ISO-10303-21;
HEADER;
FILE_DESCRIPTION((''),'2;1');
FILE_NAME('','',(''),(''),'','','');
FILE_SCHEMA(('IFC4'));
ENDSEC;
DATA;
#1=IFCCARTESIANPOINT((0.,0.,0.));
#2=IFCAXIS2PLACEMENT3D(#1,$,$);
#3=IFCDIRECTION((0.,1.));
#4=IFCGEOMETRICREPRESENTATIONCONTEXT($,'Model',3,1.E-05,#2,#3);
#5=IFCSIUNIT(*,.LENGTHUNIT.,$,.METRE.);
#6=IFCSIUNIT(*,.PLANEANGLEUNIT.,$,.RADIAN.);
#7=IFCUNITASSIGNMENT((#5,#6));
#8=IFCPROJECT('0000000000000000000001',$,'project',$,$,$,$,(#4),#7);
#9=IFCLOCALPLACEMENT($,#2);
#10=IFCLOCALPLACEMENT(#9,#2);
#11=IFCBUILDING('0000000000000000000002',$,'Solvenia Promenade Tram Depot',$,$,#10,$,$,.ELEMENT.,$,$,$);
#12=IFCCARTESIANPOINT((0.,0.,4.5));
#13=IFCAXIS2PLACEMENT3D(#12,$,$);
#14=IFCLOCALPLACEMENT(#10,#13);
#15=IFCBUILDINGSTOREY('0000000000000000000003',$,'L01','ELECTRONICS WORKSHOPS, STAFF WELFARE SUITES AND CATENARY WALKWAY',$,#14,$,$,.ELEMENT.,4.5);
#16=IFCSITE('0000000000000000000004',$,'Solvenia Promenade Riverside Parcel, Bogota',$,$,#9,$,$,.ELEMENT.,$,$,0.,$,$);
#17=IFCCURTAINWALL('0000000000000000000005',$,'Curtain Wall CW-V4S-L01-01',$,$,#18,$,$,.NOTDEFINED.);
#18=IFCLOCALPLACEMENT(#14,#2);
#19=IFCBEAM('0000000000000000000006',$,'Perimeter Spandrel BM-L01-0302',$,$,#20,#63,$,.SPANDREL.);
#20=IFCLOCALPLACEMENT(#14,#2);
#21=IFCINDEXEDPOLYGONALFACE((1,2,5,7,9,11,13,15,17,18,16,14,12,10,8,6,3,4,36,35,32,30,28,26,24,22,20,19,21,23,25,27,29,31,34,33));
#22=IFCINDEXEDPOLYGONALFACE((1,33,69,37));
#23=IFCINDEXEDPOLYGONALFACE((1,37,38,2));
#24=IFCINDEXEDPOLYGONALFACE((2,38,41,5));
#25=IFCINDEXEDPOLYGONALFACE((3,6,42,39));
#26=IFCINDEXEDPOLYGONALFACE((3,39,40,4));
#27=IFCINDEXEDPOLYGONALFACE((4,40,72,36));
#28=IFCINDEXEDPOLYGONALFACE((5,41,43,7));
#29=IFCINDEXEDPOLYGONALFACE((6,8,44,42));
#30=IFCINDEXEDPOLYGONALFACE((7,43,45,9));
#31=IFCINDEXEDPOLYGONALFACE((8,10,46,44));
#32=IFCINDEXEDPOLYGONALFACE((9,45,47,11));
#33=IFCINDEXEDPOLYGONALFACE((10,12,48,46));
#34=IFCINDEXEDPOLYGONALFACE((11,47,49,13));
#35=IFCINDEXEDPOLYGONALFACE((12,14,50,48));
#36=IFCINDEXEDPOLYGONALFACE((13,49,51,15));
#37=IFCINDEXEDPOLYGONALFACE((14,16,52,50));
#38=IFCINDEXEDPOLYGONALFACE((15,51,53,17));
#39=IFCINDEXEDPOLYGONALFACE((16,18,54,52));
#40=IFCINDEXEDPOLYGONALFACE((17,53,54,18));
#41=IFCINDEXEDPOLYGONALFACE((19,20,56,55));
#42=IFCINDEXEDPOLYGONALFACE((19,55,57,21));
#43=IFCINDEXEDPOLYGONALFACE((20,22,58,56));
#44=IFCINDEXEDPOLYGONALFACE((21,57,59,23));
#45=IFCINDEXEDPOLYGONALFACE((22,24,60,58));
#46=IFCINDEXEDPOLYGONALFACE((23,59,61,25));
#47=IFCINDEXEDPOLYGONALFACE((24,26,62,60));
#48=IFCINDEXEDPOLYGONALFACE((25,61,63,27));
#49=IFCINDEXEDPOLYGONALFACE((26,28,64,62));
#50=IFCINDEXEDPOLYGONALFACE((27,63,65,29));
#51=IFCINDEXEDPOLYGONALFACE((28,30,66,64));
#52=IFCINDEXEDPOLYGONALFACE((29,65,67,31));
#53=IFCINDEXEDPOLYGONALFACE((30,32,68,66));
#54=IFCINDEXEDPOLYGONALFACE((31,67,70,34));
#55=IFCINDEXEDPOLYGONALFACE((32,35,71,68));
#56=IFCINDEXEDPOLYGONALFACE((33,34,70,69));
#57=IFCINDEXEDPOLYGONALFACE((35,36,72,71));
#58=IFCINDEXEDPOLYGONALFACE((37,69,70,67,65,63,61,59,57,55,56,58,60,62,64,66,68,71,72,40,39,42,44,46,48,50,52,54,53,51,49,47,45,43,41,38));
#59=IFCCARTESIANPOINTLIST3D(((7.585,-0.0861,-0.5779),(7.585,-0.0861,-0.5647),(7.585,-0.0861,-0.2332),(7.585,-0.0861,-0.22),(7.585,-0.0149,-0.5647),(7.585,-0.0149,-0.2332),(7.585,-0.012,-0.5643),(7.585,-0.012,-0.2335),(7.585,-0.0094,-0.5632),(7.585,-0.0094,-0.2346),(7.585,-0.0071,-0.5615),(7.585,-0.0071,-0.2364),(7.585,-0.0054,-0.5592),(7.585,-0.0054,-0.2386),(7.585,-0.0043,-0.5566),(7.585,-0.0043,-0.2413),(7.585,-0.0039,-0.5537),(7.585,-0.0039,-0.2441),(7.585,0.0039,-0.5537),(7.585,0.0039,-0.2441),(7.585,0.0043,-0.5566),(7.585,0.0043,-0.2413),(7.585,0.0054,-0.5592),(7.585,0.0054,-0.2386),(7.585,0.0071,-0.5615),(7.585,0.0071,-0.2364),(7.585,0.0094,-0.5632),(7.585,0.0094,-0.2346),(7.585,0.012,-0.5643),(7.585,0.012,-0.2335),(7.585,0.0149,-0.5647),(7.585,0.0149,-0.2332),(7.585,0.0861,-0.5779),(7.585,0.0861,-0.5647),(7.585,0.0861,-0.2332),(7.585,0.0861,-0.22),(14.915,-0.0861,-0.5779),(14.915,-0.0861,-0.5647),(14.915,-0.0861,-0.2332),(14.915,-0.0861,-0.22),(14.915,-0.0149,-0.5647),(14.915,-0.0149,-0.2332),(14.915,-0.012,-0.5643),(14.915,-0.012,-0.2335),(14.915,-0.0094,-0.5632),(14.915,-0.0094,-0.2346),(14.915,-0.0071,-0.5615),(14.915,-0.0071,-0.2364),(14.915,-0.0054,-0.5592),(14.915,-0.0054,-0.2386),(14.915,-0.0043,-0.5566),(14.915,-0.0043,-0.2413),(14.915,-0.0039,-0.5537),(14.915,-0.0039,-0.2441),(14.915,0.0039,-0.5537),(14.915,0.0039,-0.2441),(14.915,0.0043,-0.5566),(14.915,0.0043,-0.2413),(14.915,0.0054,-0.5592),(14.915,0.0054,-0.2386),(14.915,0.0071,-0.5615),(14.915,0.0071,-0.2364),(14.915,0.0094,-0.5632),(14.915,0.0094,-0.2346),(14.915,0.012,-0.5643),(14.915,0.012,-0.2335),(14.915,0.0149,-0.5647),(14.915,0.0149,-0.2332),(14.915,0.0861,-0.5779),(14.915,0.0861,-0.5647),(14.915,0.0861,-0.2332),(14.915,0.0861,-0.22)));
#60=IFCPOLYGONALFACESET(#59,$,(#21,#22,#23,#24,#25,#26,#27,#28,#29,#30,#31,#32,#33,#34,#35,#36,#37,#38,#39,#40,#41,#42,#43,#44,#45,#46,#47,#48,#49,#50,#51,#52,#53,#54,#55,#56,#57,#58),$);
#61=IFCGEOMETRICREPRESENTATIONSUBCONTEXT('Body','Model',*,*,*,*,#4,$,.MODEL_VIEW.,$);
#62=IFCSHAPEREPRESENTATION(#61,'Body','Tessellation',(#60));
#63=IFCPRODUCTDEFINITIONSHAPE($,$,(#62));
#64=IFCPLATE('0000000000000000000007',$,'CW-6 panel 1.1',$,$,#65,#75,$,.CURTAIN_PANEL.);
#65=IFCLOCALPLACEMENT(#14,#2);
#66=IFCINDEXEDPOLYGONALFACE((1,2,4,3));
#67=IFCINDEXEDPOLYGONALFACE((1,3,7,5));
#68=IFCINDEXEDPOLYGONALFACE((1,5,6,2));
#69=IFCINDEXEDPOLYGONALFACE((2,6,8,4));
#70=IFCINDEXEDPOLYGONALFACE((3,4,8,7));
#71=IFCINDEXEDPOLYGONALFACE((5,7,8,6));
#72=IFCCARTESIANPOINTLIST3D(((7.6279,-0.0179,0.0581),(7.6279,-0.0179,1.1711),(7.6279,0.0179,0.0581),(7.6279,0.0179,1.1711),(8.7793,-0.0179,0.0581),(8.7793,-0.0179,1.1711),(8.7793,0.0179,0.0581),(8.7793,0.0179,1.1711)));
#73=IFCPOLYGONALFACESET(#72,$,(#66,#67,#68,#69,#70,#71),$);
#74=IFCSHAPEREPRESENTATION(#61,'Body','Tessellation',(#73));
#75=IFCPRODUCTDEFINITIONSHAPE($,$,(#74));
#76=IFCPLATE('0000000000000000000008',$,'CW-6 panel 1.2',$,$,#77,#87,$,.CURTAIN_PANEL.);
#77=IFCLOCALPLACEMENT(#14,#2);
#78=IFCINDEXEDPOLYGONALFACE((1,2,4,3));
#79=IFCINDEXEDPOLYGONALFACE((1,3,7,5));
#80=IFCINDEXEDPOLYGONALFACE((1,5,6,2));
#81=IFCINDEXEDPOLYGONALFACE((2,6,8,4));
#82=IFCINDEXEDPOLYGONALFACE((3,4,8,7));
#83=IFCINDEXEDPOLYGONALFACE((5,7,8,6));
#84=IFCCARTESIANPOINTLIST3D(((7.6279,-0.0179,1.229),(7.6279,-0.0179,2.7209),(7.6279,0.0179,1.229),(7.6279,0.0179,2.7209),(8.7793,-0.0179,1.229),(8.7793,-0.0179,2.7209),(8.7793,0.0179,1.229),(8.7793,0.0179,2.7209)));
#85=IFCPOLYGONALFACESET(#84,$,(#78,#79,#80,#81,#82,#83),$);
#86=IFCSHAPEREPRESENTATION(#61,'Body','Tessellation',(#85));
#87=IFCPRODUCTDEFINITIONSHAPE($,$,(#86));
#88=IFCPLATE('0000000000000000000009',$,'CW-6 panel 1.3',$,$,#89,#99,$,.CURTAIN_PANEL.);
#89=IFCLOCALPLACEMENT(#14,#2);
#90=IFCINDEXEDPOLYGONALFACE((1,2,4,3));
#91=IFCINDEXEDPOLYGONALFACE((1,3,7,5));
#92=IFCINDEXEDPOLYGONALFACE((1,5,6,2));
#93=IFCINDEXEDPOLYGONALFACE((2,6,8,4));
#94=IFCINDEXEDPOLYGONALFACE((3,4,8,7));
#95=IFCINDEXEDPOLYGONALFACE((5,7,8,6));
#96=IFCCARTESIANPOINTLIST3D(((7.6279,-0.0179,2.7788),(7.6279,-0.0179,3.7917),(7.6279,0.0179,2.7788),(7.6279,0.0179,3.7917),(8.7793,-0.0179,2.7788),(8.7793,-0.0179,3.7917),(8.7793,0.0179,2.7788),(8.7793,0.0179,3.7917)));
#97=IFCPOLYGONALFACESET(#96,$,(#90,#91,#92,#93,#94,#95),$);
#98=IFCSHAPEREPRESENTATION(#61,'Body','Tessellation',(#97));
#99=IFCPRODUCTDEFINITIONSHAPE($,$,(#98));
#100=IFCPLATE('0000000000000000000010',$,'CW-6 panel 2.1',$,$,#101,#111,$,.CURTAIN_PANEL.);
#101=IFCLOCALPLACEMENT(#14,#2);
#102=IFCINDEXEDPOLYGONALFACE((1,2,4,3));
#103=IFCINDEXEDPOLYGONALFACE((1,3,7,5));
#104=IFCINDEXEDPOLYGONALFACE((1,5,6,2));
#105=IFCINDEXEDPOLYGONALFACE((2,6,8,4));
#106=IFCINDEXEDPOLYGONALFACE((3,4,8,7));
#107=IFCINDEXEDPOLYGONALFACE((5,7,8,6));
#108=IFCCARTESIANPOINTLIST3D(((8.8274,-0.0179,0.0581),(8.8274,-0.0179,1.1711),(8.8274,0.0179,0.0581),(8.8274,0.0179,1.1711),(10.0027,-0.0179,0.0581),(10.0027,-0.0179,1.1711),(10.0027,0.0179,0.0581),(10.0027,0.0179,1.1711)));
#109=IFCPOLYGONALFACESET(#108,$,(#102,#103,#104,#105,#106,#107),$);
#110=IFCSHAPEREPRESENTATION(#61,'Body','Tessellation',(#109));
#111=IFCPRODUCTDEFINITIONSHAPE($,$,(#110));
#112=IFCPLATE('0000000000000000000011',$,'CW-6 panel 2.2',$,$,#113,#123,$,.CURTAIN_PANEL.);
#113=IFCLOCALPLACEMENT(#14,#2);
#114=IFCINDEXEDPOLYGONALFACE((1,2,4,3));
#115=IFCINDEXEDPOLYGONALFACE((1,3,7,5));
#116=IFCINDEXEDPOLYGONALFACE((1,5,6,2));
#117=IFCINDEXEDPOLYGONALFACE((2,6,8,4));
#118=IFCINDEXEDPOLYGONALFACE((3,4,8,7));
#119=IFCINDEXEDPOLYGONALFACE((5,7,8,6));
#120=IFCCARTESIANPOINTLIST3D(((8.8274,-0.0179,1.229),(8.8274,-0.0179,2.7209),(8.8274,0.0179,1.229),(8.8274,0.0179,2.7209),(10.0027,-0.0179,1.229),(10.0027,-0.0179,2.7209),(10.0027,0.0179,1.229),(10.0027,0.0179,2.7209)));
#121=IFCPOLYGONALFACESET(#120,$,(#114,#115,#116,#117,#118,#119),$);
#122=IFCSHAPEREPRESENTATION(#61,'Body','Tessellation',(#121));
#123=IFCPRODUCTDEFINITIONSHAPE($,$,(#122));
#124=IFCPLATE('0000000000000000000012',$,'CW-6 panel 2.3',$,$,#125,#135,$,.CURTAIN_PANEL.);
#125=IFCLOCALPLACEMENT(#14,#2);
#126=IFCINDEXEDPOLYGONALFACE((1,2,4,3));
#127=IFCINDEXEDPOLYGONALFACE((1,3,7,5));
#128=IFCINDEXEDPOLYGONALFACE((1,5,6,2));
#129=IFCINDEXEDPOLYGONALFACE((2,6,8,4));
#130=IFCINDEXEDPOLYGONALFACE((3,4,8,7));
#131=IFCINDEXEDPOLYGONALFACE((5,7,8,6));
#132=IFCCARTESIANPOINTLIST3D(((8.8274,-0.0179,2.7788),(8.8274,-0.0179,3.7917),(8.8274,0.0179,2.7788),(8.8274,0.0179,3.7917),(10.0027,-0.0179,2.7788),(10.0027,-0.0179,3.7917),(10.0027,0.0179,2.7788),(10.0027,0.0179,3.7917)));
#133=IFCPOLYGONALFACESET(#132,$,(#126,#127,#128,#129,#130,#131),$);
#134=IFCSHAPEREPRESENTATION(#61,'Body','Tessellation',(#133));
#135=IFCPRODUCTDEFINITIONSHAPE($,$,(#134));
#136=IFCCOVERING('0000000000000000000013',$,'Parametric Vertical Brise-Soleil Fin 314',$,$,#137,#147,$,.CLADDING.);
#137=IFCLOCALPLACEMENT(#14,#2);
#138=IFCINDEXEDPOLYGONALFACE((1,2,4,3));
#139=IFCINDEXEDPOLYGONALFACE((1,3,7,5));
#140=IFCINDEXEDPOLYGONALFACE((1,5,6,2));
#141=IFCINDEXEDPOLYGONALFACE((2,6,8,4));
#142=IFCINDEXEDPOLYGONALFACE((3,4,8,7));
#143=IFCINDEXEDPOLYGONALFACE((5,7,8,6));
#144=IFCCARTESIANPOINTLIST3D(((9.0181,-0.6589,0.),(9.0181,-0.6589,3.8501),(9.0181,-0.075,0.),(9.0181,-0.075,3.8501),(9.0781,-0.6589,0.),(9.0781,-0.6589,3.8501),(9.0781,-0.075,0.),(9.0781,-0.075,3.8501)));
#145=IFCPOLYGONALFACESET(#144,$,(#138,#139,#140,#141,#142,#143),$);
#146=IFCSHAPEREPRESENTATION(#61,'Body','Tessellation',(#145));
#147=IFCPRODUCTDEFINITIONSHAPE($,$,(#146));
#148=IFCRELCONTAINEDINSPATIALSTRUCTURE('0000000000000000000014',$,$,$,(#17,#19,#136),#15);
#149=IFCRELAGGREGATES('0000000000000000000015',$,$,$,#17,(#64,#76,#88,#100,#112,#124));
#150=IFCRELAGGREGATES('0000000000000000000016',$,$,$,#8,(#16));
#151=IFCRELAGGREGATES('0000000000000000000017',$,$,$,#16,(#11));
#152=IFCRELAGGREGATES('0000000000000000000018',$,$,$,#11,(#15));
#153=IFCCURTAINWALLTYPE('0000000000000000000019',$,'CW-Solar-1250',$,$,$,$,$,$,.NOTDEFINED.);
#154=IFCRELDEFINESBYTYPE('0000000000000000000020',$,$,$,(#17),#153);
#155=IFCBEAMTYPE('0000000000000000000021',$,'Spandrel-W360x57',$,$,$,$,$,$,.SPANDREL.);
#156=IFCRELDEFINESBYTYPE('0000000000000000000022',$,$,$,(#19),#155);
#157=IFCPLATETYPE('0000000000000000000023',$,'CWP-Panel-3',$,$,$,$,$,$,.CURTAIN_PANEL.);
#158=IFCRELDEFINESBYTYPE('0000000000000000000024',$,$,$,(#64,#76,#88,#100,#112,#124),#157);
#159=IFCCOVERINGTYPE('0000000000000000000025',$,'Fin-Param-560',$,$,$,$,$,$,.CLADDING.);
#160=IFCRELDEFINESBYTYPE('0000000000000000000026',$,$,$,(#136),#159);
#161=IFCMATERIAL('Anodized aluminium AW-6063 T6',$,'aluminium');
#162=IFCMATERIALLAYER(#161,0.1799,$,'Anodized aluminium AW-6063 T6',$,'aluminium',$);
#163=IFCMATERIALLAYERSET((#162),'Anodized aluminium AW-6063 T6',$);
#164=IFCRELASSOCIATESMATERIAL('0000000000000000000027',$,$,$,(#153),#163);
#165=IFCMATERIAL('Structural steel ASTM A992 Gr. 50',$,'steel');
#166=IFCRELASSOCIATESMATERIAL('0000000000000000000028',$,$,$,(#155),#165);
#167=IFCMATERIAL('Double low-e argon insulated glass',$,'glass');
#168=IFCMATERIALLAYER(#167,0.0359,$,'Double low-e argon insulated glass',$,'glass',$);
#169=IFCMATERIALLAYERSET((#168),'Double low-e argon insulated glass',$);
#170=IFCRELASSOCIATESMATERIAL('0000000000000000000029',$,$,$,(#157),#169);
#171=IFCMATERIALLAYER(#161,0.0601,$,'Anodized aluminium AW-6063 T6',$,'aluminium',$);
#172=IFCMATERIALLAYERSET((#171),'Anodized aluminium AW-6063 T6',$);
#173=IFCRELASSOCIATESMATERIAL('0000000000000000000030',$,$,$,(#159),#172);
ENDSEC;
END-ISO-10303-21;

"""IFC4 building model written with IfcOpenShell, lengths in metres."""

from ifc_helpers import new_model, si_unit, direction, frame, origin, origin_2d, place, context, subcontext, project, spatial, rectangle, i_section, extrude, material, layer, layer_set, material_profile, profile_set, type_object, element, aggregate, save


model = new_model("IFC4")

# Units and contexts
model_context = context("Model", 3, precision=1e-05, world=origin(), true_north=direction((0.0, 1.0)))
body_context = subcontext(model_context, "Body", "Model", "MODEL_VIEW")
ifc_project = project(units=[si_unit("LENGTHUNIT", "METRE"), si_unit("PLANEANGLEUNIT", "RADIAN")], contexts=[model_context])

# Site, building, storey
site_placement = place(None, origin())
site = spatial("IfcSite", under=ifc_project, at=site_placement, Name="Solvenia Promenade Riverside Parcel, Bogota", CompositionType="ELEMENT", RefElevation=0.0)
building_placement = place(site_placement, origin())
building = spatial("IfcBuilding", under=site, at=building_placement, Name="Solvenia Promenade Tram Depot", CompositionType="ELEMENT")
storey_placement = place(building_placement, frame((0.0, 0.0, 4.5)))
storey = spatial("IfcBuildingStorey", under=building, at=storey_placement, Name="L01", Description="ELECTRONICS WORKSHOPS, STAFF WELFARE SUITES AND CATENARY WALKWAY", CompositionType="ELEMENT", Elevation=4.5)

# Shared definitions
ifc_material_1 = material(Name="Structural steel ASTM A992 Gr. 50", Category="steel")

# Shared definitions
ifc_material_2 = material(Name="Anodized aluminium AW-6063 T6", Category="aluminium")

# Curtain wall
ifc_layer_1 = layer(ifc_material_2, 0.1799, Name="Anodized aluminium AW-6063 T6", Category="aluminium")
ifc_layer_set_1 = layer_set([ifc_layer_1], Name="Anodized aluminium AW-6063 T6")
curtain_wall_type_1 = type_object("IfcCurtainWallType", Name="CW-Solar-1250", PredefinedType="NOTDEFINED", material=ifc_layer_set_1)
curtain_wall_1_placement = place(storey_placement, origin())
curtain_wall_1 = element("IfcCurtainWall", 1, at=curtain_wall_1_placement, inside=storey, type_object=curtain_wall_type_1, Name="Curtain Wall CW-V4S-L01-01", PredefinedType="NOTDEFINED")

# Beam
ifc_material_profile_1 = material_profile(ifc_material_1, i_section(OverallWidth=0.1721, OverallDepth=0.3579, WebThickness=0.0078, FlangeThickness=0.0132, FilletRadius=0.011, at=origin_2d()), Name="W360x57", Category="steel")
ifc_profile_set_1 = profile_set([ifc_material_profile_1], Name="Structural steel ASTM A992 Gr. 50")
beam_type_1 = type_object("IfcBeamType", Name="Spandrel-W360x57", PredefinedType="SPANDREL", material=ifc_profile_set_1)
beam_1_placement = place(storey_placement, frame((7.585, 0.0, -0.3989), z_axis=(1.0, 0.0, 0.0), x_axis=(0.0, 1.0, 0.0)))
element("IfcBeam", 2, at=beam_1_placement, inside=storey, type_object=beam_type_1, Name="Perimeter Spandrel BM-L01-0302", PredefinedType="SPANDREL", context=body_context, shape_type="SweptSolid", body=[
    extrude(i_section(OverallWidth=0.1721, OverallDepth=0.3579, WebThickness=0.0078, FlangeThickness=0.0132, FilletRadius=0.011, at=origin_2d()), origin(), (0.0, 0.0, 1.0), 7.3301),
])

# Plates
ifc_material_3 = material(Name="Double low-e argon insulated glass", Category="glass")
ifc_layer_2 = layer(ifc_material_3, 0.0359, Name="Double low-e argon insulated glass", Category="glass")
ifc_layer_set_2 = layer_set([ifc_layer_2], Name="Double low-e argon insulated glass")
plate_type = type_object("IfcPlateType", Name="CWP-Panel-3", PredefinedType="CURTAIN_PANEL", material=ifc_layer_set_2)
plate_1_placement = place(storey_placement, frame((8.2036, 0.0, 0.0581), z_axis=(0.0, 0.0, 1.0), x_axis=(1.0, 0.0, 0.0)))
plate_1 = element("IfcPlate", 3, at=plate_1_placement, type_object=plate_type, Name="CW-6 panel 1.1", PredefinedType="CURTAIN_PANEL", context=body_context, shape_type="SweptSolid", body=[
    extrude(rectangle(XDim=1.1514, YDim=0.0359, at=origin_2d()), origin(), (0.0, 0.0, 1.0), 1.113),
])
plate_2_placement = place(storey_placement, frame((8.2036, 0.0, 1.229), z_axis=(0.0, 0.0, 1.0), x_axis=(1.0, 0.0, 0.0)))
plate_2 = element("IfcPlate", 4, at=plate_2_placement, type_object=plate_type, Name="CW-6 panel 1.2", PredefinedType="CURTAIN_PANEL", context=body_context, shape_type="SweptSolid", body=[
    extrude(rectangle(XDim=1.1514, YDim=0.0359, at=origin_2d()), origin(), (0.0, 0.0, 1.0), 1.4919),
])
plate_3_placement = place(storey_placement, frame((8.2036, 0.0, 2.7788), z_axis=(0.0, 0.0, 1.0), x_axis=(1.0, 0.0, 0.0)))
plate_3 = element("IfcPlate", 5, at=plate_3_placement, type_object=plate_type, Name="CW-6 panel 1.3", PredefinedType="CURTAIN_PANEL", context=body_context, shape_type="SweptSolid", body=[
    extrude(rectangle(XDim=1.1514, YDim=0.0359, at=origin_2d()), origin(), (0.0, 0.0, 1.0), 1.0129),
])
plate_4_placement = place(storey_placement, frame((9.415, 0.0, 0.0581), z_axis=(0.0, 0.0, 1.0), x_axis=(1.0, 0.0, 0.0)))
plate_4 = element("IfcPlate", 6, at=plate_4_placement, type_object=plate_type, Name="CW-6 panel 2.1", PredefinedType="CURTAIN_PANEL", context=body_context, shape_type="SweptSolid", body=[
    extrude(rectangle(XDim=1.1753, YDim=0.0359, at=origin_2d()), origin(), (0.0, 0.0, 1.0), 1.113),
])
plate_5_placement = place(storey_placement, frame((9.415, 0.0, 1.229), z_axis=(0.0, 0.0, 1.0), x_axis=(1.0, 0.0, 0.0)))
plate_5 = element("IfcPlate", 7, at=plate_5_placement, type_object=plate_type, Name="CW-6 panel 2.2", PredefinedType="CURTAIN_PANEL", context=body_context, shape_type="SweptSolid", body=[
    extrude(rectangle(XDim=1.1753, YDim=0.0359, at=origin_2d()), origin(), (0.0, 0.0, 1.0), 1.4919),
])
plate_6_placement = place(storey_placement, frame((9.415, 0.0, 2.7788), z_axis=(0.0, 0.0, 1.0), x_axis=(1.0, 0.0, 0.0)))
plate_6 = element("IfcPlate", 8, at=plate_6_placement, type_object=plate_type, Name="CW-6 panel 2.3", PredefinedType="CURTAIN_PANEL", context=body_context, shape_type="SweptSolid", body=[
    extrude(rectangle(XDim=1.1753, YDim=0.0359, at=origin_2d()), origin(), (0.0, 0.0, 1.0), 1.0129),
])
aggregate(curtain_wall_1, [plate_1, plate_2, plate_3, plate_4, plate_5, plate_6])

# Covering
ifc_layer_3 = layer(ifc_material_2, 0.0601, Name="Anodized aluminium AW-6063 T6", Category="aluminium")
ifc_layer_set_3 = layer_set([ifc_layer_3], Name="Anodized aluminium AW-6063 T6")
covering_type = type_object("IfcCoveringType", Name="Fin-Param-560", PredefinedType="CLADDING", material=ifc_layer_set_3)
covering_placement = place(storey_placement, frame((9.0481, -0.3669, 0.0), z_axis=(0.0, 0.0, 1.0), x_axis=(1.0, 0.0, 0.0)))
element("IfcCovering", 9, at=covering_placement, inside=storey, type_object=covering_type, Name="Parametric Vertical Brise-Soleil Fin 314", PredefinedType="CLADDING", context=body_context, shape_type="SweptSolid", body=[
    extrude(rectangle(XDim=0.0601, YDim=0.584, at=origin_2d()), origin(), (0.0, 0.0, 1.0), 3.8501),
])

save(model, "model.ifc")
